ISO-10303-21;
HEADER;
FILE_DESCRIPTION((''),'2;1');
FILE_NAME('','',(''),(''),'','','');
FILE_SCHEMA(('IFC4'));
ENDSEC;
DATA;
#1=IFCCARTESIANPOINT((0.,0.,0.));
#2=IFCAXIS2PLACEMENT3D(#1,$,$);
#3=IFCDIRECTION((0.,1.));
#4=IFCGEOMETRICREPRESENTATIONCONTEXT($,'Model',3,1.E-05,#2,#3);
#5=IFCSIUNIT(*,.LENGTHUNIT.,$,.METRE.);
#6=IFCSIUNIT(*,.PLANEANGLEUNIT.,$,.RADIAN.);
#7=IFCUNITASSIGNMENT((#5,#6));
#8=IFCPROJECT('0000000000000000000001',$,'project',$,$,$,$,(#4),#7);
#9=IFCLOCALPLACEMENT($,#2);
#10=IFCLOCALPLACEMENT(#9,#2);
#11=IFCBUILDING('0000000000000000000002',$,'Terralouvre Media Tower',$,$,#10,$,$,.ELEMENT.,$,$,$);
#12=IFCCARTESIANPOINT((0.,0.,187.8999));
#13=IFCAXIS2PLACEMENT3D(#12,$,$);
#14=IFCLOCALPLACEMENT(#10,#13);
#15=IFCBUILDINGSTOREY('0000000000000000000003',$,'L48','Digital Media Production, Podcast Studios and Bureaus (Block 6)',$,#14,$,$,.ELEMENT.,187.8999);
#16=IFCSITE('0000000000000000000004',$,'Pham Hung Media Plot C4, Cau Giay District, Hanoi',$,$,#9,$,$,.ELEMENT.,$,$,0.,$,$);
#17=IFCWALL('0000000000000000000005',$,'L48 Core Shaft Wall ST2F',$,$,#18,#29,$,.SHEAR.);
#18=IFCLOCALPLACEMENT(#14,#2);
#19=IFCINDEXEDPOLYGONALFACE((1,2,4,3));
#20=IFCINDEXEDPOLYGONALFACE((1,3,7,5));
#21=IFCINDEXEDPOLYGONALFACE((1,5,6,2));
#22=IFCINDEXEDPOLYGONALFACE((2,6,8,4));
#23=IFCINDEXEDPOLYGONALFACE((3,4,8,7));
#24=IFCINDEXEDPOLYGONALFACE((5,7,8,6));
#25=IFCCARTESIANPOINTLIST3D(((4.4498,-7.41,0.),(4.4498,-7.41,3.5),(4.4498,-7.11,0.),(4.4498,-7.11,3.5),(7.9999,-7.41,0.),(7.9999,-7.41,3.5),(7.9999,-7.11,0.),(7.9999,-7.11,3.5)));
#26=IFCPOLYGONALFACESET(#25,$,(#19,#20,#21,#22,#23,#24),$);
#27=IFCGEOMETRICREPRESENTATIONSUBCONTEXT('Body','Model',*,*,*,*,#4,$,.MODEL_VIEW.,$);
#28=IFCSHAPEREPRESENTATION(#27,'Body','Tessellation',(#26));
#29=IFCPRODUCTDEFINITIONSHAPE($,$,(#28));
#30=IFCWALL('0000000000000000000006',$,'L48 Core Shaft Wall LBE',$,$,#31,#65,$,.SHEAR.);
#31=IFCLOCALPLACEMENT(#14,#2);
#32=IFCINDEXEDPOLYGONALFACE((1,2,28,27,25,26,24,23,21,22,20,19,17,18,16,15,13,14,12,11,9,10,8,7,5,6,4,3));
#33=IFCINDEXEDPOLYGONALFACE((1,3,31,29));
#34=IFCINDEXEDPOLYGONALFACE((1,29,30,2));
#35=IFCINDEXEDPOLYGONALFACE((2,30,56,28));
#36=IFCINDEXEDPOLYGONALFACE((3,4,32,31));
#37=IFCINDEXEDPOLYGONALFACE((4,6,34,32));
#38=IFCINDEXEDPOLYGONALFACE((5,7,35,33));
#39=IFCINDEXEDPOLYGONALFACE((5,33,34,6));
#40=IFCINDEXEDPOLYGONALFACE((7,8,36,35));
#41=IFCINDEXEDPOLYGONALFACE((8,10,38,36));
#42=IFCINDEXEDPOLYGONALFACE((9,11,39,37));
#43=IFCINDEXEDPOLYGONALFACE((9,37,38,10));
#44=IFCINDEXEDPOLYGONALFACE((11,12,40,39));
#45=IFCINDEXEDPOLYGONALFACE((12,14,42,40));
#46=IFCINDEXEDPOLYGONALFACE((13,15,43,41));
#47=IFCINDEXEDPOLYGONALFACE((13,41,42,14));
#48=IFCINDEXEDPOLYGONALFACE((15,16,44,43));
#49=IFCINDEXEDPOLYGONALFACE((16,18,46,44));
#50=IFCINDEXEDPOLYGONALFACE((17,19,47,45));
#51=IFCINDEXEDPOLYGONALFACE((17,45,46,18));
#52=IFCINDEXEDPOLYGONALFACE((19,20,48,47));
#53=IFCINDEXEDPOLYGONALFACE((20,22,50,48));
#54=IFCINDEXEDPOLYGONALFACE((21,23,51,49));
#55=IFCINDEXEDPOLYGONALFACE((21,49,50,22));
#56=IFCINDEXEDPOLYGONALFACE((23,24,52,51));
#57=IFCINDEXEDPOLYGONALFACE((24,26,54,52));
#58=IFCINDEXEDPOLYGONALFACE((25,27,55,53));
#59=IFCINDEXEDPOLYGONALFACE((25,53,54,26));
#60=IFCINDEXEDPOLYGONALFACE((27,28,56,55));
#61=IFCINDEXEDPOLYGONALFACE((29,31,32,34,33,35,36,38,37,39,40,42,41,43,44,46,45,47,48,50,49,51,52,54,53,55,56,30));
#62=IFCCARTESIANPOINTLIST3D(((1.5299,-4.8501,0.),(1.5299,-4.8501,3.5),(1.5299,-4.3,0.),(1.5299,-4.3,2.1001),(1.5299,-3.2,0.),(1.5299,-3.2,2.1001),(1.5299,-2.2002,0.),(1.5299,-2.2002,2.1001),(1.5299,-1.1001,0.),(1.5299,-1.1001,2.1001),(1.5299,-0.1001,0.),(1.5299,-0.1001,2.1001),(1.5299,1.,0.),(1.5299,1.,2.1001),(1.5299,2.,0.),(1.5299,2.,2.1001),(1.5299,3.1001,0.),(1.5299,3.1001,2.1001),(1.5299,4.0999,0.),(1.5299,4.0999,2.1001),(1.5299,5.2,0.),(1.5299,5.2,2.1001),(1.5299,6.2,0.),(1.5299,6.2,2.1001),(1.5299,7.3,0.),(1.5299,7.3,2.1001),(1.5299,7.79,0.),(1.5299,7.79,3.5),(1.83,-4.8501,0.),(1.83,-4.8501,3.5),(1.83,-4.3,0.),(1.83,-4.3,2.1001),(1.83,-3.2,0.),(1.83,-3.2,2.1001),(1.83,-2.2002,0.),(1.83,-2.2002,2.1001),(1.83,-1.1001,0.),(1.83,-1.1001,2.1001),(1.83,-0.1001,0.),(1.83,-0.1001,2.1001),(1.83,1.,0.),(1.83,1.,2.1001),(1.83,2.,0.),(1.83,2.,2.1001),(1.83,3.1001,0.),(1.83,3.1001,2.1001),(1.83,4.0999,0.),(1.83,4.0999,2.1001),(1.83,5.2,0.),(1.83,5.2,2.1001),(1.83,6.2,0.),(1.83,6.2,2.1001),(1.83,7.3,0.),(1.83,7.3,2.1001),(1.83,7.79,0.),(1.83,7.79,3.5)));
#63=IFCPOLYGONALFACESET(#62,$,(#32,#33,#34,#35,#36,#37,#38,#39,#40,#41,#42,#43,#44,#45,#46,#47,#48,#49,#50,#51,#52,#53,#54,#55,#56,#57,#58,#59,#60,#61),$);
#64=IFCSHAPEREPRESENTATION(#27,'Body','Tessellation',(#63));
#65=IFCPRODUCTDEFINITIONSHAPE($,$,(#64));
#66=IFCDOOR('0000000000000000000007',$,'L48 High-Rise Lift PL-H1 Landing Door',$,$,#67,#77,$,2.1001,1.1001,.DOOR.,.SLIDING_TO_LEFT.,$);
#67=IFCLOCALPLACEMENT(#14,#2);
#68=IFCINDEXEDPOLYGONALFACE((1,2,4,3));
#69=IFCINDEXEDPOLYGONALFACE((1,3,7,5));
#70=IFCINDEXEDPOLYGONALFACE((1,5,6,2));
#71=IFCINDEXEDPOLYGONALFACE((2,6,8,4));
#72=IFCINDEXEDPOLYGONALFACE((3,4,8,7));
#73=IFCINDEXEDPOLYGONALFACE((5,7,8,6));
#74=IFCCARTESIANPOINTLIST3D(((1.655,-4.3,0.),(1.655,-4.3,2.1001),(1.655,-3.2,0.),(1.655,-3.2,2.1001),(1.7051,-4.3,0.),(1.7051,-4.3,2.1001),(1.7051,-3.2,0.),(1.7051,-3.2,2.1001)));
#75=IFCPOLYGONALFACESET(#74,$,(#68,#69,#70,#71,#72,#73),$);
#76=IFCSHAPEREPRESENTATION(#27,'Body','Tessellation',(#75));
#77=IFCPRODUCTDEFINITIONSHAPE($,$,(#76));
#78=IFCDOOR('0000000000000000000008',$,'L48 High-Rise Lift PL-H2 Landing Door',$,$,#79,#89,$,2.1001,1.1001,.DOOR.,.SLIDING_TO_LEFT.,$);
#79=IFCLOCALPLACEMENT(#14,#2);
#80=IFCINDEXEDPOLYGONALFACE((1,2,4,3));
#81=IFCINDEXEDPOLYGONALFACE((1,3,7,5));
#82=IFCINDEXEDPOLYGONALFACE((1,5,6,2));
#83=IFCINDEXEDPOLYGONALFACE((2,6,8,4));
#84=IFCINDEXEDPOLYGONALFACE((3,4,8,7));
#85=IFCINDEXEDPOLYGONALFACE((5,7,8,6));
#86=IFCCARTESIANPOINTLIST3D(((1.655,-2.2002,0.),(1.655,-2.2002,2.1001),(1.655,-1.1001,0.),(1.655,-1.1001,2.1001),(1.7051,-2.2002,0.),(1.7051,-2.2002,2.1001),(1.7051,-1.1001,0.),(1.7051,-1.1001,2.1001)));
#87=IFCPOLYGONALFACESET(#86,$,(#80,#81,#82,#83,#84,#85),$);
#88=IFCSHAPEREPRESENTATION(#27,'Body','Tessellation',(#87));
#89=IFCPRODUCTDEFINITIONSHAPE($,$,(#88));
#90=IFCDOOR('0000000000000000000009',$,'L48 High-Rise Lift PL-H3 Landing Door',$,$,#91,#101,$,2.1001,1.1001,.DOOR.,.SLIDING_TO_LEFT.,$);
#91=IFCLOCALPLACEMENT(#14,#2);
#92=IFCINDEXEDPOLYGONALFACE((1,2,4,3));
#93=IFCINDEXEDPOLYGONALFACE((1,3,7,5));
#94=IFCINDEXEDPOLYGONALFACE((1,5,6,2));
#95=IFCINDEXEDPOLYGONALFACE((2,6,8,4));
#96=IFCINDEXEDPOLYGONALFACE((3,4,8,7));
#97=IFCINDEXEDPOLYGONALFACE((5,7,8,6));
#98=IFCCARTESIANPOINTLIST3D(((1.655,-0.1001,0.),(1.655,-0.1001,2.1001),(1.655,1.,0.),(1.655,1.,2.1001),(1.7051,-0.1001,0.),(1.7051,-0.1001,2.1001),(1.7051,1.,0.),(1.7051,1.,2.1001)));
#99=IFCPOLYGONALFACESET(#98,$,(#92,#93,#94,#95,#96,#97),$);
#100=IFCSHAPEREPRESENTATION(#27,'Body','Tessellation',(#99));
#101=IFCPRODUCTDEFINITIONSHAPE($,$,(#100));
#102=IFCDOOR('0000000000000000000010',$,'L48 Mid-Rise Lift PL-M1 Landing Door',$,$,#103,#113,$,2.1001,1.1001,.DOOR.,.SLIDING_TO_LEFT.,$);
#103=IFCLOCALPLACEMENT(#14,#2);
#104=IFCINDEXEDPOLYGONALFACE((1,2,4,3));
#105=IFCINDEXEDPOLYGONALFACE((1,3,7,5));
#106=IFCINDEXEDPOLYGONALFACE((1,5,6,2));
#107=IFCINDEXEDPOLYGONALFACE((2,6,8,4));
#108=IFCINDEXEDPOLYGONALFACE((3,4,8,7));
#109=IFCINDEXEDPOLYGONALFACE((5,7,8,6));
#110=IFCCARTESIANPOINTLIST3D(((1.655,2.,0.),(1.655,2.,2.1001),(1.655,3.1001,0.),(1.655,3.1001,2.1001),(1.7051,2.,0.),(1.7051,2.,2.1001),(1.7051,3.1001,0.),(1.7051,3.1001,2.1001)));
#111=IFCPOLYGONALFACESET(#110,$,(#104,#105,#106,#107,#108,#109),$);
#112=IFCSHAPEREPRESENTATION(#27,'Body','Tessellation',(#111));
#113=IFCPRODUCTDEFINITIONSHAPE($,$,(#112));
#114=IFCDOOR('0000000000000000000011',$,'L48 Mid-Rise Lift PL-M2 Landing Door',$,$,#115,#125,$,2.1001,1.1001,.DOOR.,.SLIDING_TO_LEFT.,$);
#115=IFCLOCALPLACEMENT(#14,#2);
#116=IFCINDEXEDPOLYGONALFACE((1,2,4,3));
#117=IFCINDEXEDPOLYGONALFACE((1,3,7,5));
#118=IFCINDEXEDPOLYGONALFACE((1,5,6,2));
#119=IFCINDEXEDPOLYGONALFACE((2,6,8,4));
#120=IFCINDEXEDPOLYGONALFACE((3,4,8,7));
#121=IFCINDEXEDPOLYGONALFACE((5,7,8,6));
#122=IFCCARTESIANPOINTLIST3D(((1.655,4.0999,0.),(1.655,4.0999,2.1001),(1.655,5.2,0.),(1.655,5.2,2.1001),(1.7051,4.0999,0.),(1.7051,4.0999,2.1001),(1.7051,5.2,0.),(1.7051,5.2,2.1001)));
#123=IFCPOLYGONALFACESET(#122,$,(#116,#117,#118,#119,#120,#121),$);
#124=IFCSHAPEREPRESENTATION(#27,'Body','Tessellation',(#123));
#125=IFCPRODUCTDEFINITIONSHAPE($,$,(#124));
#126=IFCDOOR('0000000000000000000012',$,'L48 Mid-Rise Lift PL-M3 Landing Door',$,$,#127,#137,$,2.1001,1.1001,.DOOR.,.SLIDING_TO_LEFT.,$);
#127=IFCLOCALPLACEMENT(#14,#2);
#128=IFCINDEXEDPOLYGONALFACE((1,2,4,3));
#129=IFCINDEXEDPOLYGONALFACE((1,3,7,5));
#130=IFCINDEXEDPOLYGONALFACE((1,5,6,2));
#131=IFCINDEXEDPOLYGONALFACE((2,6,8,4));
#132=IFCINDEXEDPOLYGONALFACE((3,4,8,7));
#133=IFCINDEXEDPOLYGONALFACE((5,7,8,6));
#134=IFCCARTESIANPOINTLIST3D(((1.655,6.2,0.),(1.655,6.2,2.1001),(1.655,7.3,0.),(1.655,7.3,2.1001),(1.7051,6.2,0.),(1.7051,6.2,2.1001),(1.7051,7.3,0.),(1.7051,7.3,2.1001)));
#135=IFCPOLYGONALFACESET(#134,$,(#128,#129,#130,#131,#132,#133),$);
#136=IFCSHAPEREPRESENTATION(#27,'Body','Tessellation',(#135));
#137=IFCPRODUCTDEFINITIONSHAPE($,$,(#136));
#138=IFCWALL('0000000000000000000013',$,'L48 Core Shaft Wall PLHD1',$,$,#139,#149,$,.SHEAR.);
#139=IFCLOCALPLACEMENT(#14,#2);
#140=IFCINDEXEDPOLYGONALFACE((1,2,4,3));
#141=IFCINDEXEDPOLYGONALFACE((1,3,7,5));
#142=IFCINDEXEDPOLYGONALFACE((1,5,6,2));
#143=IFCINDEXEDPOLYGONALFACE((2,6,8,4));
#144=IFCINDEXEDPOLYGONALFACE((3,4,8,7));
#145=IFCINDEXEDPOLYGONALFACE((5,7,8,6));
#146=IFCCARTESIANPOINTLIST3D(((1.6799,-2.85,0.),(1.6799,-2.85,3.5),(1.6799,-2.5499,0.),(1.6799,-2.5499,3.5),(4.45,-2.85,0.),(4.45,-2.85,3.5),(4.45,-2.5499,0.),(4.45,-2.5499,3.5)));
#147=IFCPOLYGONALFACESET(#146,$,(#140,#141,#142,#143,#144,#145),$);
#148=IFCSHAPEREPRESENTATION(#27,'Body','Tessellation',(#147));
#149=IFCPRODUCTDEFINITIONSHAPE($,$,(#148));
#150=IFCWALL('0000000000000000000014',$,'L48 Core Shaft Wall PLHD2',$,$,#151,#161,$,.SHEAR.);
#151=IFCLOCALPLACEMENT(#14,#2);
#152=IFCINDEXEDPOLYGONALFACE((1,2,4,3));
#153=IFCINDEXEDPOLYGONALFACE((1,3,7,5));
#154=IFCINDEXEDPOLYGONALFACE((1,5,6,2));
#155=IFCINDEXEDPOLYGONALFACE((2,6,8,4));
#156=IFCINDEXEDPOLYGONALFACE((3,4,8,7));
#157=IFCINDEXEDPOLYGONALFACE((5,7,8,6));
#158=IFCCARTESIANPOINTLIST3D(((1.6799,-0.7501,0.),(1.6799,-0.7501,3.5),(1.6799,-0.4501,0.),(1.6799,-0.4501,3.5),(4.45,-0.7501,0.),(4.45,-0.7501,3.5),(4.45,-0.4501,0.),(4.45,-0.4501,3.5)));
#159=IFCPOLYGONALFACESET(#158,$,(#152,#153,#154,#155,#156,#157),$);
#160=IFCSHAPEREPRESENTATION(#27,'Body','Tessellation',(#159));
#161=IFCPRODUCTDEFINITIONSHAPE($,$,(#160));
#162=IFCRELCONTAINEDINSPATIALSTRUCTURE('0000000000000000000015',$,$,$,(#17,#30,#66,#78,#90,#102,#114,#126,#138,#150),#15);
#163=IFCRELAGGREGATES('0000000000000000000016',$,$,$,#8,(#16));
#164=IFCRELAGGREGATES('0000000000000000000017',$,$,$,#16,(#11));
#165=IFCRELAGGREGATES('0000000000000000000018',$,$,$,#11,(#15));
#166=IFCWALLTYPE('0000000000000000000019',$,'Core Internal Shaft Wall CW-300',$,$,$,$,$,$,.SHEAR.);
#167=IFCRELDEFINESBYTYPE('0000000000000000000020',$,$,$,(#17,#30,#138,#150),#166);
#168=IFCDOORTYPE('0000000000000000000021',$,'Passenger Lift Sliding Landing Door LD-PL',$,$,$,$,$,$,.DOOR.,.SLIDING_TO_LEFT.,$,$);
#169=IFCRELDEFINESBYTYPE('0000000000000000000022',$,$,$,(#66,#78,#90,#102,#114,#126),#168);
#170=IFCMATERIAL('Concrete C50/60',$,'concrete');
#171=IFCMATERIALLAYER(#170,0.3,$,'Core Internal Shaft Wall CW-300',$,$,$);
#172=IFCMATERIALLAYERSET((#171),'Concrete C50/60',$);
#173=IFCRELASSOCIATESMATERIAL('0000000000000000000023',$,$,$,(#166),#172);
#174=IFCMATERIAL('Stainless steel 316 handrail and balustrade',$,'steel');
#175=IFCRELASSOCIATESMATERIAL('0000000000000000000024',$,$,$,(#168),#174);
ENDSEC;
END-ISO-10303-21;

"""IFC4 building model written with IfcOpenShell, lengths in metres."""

from ifc_helpers import new_model, si_unit, direction, frame, frame_2d, origin, place, context, subcontext, project, spatial, rectangle, extrude, material, layer, layer_set, type_object, element, fill, save


model = new_model("IFC4")

# Units and contexts
model_context = context("Model", 3, precision=1e-05, world=origin(), true_north=direction((0.0, 1.0)))
body_context = subcontext(model_context, "Body", "Model", "MODEL_VIEW")
ifc_project = project(units=[si_unit("LENGTHUNIT", "METRE"), si_unit("PLANEANGLEUNIT", "RADIAN")], contexts=[model_context])

# Site, building, storey
site_placement = place(None, origin())
site = spatial("IfcSite", under=ifc_project, at=site_placement, Name="Pham Hung Media Plot C4, Cau Giay District, Hanoi", CompositionType="ELEMENT", RefElevation=0.0)
building_placement = place(site_placement, origin())
building = spatial("IfcBuilding", under=site, at=building_placement, Name="Terralouvre Media Tower", CompositionType="ELEMENT")
storey_placement = place(building_placement, frame((0.0, 0.0, 187.8999)))
storey = spatial("IfcBuildingStorey", under=building, at=storey_placement, Name="L48", Description="Digital Media Production, Podcast Studios and Bureaus (Block 6)", CompositionType="ELEMENT", Elevation=187.8999)

# Shared definitions
ifc_material_1 = material(Name="Concrete C50/60", Category="concrete")
ifc_layer_1 = layer(ifc_material_1, 0.3, Name="Core Internal Shaft Wall CW-300")
ifc_layer_set_1 = layer_set([ifc_layer_1], Name="Concrete C50/60")
wall_type = type_object("IfcWallType", Name="Core Internal Shaft Wall CW-300", PredefinedType="SHEAR", material=ifc_layer_set_1)

# Wall
wall_1_placement = place(storey_placement, frame((4.45, -7.26, 0.0), z_axis=(0.0, 0.0, 1.0), x_axis=(1.0, 0.0, 0.0)))
element("IfcWall", 1, at=wall_1_placement, inside=storey, type_object=wall_type, Name="L48 Core Shaft Wall ST2F", PredefinedType="SHEAR", context=body_context, shape_type="SweptSolid", body=[
    extrude(rectangle(XDim=3.55, YDim=0.3, at=frame_2d((1.7749, 0.0))), origin(), (0.0, 0.0, 1.0), 3.5),
])

# Wall, openings, doors
wall_2_placement = place(storey_placement, frame((1.6799, -4.8501, 0.0), z_axis=(0.0, 0.0, 1.0), x_axis=(0.0, 1.0, 0.0)))
wall_2 = element("IfcWall", 2, at=wall_2_placement, inside=storey, type_object=wall_type, Name="L48 Core Shaft Wall LBE", PredefinedType="SHEAR", context=body_context, shape_type="SweptSolid", body=[
    extrude(rectangle(XDim=12.6401, YDim=0.3, at=frame_2d((6.3201, 0.0))), origin(), (0.0, 0.0, 1.0), 3.5),
])
opening_1_placement = place(wall_2_placement, frame((0.55, 0.0, 0.0)))
opening_1 = element("IfcOpeningElement", 3, at=opening_1_placement, cuts=wall_2, PredefinedType="OPENING", context=body_context, shape_type="SweptSolid", body=[
    extrude(rectangle(XDim=1.1001, YDim=2.1001, at=frame_2d((0.55, 1.05))), frame((0.0, 0.1599, 0.0), z_axis=(0.0, -1.0, 0.0), x_axis=(1.0, 0.0, 0.0)), (0.0, 0.0, 1.0), 0.3201),
])
opening_2_placement = place(wall_2_placement, frame((2.6499, 0.0, 0.0)))
opening_2 = element("IfcOpeningElement", 4, at=opening_2_placement, cuts=wall_2, PredefinedType="OPENING", context=body_context, shape_type="SweptSolid", body=[
    extrude(rectangle(XDim=1.1001, YDim=2.1001, at=frame_2d((0.55, 1.05))), frame((0.0, 0.1599, 0.0), z_axis=(0.0, -1.0, 0.0), x_axis=(1.0, 0.0, 0.0)), (0.0, 0.0, 1.0), 0.3201),
])
opening_3_placement = place(wall_2_placement, frame((4.75, 0.0, 0.0)))
opening_3 = element("IfcOpeningElement", 5, at=opening_3_placement, cuts=wall_2, PredefinedType="OPENING", context=body_context, shape_type="SweptSolid", body=[
    extrude(rectangle(XDim=1.1001, YDim=2.1001, at=frame_2d((0.55, 1.05))), frame((0.0, 0.1599, 0.0), z_axis=(0.0, -1.0, 0.0), x_axis=(1.0, 0.0, 0.0)), (0.0, 0.0, 1.0), 0.3201),
])
opening_4_placement = place(wall_2_placement, frame((6.8501, 0.0, 0.0)))
opening_4 = element("IfcOpeningElement", 6, at=opening_4_placement, cuts=wall_2, PredefinedType="OPENING", context=body_context, shape_type="SweptSolid", body=[
    extrude(rectangle(XDim=1.1001, YDim=2.1001, at=frame_2d((0.55, 1.05))), frame((0.0, 0.1599, 0.0), z_axis=(0.0, -1.0, 0.0), x_axis=(1.0, 0.0, 0.0)), (0.0, 0.0, 1.0), 0.3201),
])
opening_5_placement = place(wall_2_placement, frame((8.95, 0.0, 0.0)))
opening_5 = element("IfcOpeningElement", 7, at=opening_5_placement, cuts=wall_2, PredefinedType="OPENING", context=body_context, shape_type="SweptSolid", body=[
    extrude(rectangle(XDim=1.1001, YDim=2.1001, at=frame_2d((0.55, 1.05))), frame((0.0, 0.1599, 0.0), z_axis=(0.0, -1.0, 0.0), x_axis=(1.0, 0.0, 0.0)), (0.0, 0.0, 1.0), 0.3201),
])
opening_6_placement = place(wall_2_placement, frame((11.05, 0.0, 0.0)))
opening_6 = element("IfcOpeningElement", 8, at=opening_6_placement, cuts=wall_2, PredefinedType="OPENING", context=body_context, shape_type="SweptSolid", body=[
    extrude(rectangle(XDim=1.1001, YDim=2.1001, at=frame_2d((0.55, 1.05))), frame((0.0, 0.1599, 0.0), z_axis=(0.0, -1.0, 0.0), x_axis=(1.0, 0.0, 0.0)), (0.0, 0.0, 1.0), 0.3201),
])
ifc_material_2 = material(Name="Stainless steel 316 handrail and balustrade", Category="steel")
door_type_1 = type_object("IfcDoorType", Name="Passenger Lift Sliding Landing Door LD-PL", OperationType="SLIDING_TO_LEFT", PredefinedType="DOOR", material=ifc_material_2)
door_1_placement = place(opening_1_placement, origin())
door_1 = element("IfcDoor", 9, at=door_1_placement, inside=storey, type_object=door_type_1, Name="L48 High-Rise Lift PL-H1 Landing Door", OperationType="SLIDING_TO_LEFT", OverallHeight=2.1001, OverallWidth=1.1001, PredefinedType="DOOR", context=body_context, shape_type="SweptSolid", body=[
    extrude(rectangle(XDim=1.1001, YDim=2.1001, at=frame_2d((0.55, 1.05))), frame((0.0, 0.0249, 0.0), z_axis=(0.0, -1.0, 0.0), x_axis=(1.0, 0.0, 0.0)), (0.0, 0.0, 1.0), 0.05),
])
fill(opening_1, door_1)
door_2_placement = place(opening_2_placement, origin())
door_2 = element("IfcDoor", 10, at=door_2_placement, inside=storey, type_object=door_type_1, Name="L48 High-Rise Lift PL-H2 Landing Door", OperationType="SLIDING_TO_LEFT", OverallHeight=2.1001, OverallWidth=1.1001, PredefinedType="DOOR", context=body_context, shape_type="SweptSolid", body=[
    extrude(rectangle(XDim=1.1001, YDim=2.1001, at=frame_2d((0.55, 1.05))), frame((0.0, 0.0249, 0.0), z_axis=(0.0, -1.0, 0.0), x_axis=(1.0, 0.0, 0.0)), (0.0, 0.0, 1.0), 0.05),
])
fill(opening_2, door_2)
door_3_placement = place(opening_3_placement, origin())
door_3 = element("IfcDoor", 11, at=door_3_placement, inside=storey, type_object=door_type_1, Name="L48 High-Rise Lift PL-H3 Landing Door", OperationType="SLIDING_TO_LEFT", OverallHeight=2.1001, OverallWidth=1.1001, PredefinedType="DOOR", context=body_context, shape_type="SweptSolid", body=[
    extrude(rectangle(XDim=1.1001, YDim=2.1001, at=frame_2d((0.55, 1.05))), frame((0.0, 0.0249, 0.0), z_axis=(0.0, -1.0, 0.0), x_axis=(1.0, 0.0, 0.0)), (0.0, 0.0, 1.0), 0.05),
])
fill(opening_3, door_3)
door_4_placement = place(opening_4_placement, origin())
door_4 = element("IfcDoor", 12, at=door_4_placement, inside=storey, type_object=door_type_1, Name="L48 Mid-Rise Lift PL-M1 Landing Door", OperationType="SLIDING_TO_LEFT", OverallHeight=2.1001, OverallWidth=1.1001, PredefinedType="DOOR", context=body_context, shape_type="SweptSolid", body=[
    extrude(rectangle(XDim=1.1001, YDim=2.1001, at=frame_2d((0.55, 1.05))), frame((0.0, 0.0249, 0.0), z_axis=(0.0, -1.0, 0.0), x_axis=(1.0, 0.0, 0.0)), (0.0, 0.0, 1.0), 0.05),
])
fill(opening_4, door_4)
door_5_placement = place(opening_5_placement, origin())
door_5 = element("IfcDoor", 13, at=door_5_placement, inside=storey, type_object=door_type_1, Name="L48 Mid-Rise Lift PL-M2 Landing Door", OperationType="SLIDING_TO_LEFT", OverallHeight=2.1001, OverallWidth=1.1001, PredefinedType="DOOR", context=body_context, shape_type="SweptSolid", body=[
    extrude(rectangle(XDim=1.1001, YDim=2.1001, at=frame_2d((0.55, 1.05))), frame((0.0, 0.0249, 0.0), z_axis=(0.0, -1.0, 0.0), x_axis=(1.0, 0.0, 0.0)), (0.0, 0.0, 1.0), 0.05),
])
fill(opening_5, door_5)
door_6_placement = place(opening_6_placement, origin())
door_6 = element("IfcDoor", 14, at=door_6_placement, inside=storey, type_object=door_type_1, Name="L48 Mid-Rise Lift PL-M3 Landing Door", OperationType="SLIDING_TO_LEFT", OverallHeight=2.1001, OverallWidth=1.1001, PredefinedType="DOOR", context=body_context, shape_type="SweptSolid", body=[
    extrude(rectangle(XDim=1.1001, YDim=2.1001, at=frame_2d((0.55, 1.05))), frame((0.0, 0.0249, 0.0), z_axis=(0.0, -1.0, 0.0), x_axis=(1.0, 0.0, 0.0)), (0.0, 0.0, 1.0), 0.05),
])
fill(opening_6, door_6)

# Walls
for number, where, z_axis, x_axis, name in (
    (15, (1.6799, -2.7, 0.0), (0.0, 0.0, 1.0), (1.0, 0.0, 0.0), "L48 Core Shaft Wall PLHD1"),
    (16, (1.6799, -0.6001, 0.0), (0.0, 0.0, 1.0), (1.0, 0.0, 0.0), "L48 Core Shaft Wall PLHD2"),
):
    element("IfcWall", number, at=place(storey_placement, frame(where, z_axis=z_axis, x_axis=x_axis)), inside=storey, type_object=wall_type, Name=name, PredefinedType="SHEAR", context=body_context, shape_type="SweptSolid", body=[
        extrude(rectangle(XDim=2.77, YDim=0.3, at=frame_2d((1.385, 0.0))), origin(), (0.0, 0.0, 1.0), 3.5),
    ])

save(model, "model.ifc")
